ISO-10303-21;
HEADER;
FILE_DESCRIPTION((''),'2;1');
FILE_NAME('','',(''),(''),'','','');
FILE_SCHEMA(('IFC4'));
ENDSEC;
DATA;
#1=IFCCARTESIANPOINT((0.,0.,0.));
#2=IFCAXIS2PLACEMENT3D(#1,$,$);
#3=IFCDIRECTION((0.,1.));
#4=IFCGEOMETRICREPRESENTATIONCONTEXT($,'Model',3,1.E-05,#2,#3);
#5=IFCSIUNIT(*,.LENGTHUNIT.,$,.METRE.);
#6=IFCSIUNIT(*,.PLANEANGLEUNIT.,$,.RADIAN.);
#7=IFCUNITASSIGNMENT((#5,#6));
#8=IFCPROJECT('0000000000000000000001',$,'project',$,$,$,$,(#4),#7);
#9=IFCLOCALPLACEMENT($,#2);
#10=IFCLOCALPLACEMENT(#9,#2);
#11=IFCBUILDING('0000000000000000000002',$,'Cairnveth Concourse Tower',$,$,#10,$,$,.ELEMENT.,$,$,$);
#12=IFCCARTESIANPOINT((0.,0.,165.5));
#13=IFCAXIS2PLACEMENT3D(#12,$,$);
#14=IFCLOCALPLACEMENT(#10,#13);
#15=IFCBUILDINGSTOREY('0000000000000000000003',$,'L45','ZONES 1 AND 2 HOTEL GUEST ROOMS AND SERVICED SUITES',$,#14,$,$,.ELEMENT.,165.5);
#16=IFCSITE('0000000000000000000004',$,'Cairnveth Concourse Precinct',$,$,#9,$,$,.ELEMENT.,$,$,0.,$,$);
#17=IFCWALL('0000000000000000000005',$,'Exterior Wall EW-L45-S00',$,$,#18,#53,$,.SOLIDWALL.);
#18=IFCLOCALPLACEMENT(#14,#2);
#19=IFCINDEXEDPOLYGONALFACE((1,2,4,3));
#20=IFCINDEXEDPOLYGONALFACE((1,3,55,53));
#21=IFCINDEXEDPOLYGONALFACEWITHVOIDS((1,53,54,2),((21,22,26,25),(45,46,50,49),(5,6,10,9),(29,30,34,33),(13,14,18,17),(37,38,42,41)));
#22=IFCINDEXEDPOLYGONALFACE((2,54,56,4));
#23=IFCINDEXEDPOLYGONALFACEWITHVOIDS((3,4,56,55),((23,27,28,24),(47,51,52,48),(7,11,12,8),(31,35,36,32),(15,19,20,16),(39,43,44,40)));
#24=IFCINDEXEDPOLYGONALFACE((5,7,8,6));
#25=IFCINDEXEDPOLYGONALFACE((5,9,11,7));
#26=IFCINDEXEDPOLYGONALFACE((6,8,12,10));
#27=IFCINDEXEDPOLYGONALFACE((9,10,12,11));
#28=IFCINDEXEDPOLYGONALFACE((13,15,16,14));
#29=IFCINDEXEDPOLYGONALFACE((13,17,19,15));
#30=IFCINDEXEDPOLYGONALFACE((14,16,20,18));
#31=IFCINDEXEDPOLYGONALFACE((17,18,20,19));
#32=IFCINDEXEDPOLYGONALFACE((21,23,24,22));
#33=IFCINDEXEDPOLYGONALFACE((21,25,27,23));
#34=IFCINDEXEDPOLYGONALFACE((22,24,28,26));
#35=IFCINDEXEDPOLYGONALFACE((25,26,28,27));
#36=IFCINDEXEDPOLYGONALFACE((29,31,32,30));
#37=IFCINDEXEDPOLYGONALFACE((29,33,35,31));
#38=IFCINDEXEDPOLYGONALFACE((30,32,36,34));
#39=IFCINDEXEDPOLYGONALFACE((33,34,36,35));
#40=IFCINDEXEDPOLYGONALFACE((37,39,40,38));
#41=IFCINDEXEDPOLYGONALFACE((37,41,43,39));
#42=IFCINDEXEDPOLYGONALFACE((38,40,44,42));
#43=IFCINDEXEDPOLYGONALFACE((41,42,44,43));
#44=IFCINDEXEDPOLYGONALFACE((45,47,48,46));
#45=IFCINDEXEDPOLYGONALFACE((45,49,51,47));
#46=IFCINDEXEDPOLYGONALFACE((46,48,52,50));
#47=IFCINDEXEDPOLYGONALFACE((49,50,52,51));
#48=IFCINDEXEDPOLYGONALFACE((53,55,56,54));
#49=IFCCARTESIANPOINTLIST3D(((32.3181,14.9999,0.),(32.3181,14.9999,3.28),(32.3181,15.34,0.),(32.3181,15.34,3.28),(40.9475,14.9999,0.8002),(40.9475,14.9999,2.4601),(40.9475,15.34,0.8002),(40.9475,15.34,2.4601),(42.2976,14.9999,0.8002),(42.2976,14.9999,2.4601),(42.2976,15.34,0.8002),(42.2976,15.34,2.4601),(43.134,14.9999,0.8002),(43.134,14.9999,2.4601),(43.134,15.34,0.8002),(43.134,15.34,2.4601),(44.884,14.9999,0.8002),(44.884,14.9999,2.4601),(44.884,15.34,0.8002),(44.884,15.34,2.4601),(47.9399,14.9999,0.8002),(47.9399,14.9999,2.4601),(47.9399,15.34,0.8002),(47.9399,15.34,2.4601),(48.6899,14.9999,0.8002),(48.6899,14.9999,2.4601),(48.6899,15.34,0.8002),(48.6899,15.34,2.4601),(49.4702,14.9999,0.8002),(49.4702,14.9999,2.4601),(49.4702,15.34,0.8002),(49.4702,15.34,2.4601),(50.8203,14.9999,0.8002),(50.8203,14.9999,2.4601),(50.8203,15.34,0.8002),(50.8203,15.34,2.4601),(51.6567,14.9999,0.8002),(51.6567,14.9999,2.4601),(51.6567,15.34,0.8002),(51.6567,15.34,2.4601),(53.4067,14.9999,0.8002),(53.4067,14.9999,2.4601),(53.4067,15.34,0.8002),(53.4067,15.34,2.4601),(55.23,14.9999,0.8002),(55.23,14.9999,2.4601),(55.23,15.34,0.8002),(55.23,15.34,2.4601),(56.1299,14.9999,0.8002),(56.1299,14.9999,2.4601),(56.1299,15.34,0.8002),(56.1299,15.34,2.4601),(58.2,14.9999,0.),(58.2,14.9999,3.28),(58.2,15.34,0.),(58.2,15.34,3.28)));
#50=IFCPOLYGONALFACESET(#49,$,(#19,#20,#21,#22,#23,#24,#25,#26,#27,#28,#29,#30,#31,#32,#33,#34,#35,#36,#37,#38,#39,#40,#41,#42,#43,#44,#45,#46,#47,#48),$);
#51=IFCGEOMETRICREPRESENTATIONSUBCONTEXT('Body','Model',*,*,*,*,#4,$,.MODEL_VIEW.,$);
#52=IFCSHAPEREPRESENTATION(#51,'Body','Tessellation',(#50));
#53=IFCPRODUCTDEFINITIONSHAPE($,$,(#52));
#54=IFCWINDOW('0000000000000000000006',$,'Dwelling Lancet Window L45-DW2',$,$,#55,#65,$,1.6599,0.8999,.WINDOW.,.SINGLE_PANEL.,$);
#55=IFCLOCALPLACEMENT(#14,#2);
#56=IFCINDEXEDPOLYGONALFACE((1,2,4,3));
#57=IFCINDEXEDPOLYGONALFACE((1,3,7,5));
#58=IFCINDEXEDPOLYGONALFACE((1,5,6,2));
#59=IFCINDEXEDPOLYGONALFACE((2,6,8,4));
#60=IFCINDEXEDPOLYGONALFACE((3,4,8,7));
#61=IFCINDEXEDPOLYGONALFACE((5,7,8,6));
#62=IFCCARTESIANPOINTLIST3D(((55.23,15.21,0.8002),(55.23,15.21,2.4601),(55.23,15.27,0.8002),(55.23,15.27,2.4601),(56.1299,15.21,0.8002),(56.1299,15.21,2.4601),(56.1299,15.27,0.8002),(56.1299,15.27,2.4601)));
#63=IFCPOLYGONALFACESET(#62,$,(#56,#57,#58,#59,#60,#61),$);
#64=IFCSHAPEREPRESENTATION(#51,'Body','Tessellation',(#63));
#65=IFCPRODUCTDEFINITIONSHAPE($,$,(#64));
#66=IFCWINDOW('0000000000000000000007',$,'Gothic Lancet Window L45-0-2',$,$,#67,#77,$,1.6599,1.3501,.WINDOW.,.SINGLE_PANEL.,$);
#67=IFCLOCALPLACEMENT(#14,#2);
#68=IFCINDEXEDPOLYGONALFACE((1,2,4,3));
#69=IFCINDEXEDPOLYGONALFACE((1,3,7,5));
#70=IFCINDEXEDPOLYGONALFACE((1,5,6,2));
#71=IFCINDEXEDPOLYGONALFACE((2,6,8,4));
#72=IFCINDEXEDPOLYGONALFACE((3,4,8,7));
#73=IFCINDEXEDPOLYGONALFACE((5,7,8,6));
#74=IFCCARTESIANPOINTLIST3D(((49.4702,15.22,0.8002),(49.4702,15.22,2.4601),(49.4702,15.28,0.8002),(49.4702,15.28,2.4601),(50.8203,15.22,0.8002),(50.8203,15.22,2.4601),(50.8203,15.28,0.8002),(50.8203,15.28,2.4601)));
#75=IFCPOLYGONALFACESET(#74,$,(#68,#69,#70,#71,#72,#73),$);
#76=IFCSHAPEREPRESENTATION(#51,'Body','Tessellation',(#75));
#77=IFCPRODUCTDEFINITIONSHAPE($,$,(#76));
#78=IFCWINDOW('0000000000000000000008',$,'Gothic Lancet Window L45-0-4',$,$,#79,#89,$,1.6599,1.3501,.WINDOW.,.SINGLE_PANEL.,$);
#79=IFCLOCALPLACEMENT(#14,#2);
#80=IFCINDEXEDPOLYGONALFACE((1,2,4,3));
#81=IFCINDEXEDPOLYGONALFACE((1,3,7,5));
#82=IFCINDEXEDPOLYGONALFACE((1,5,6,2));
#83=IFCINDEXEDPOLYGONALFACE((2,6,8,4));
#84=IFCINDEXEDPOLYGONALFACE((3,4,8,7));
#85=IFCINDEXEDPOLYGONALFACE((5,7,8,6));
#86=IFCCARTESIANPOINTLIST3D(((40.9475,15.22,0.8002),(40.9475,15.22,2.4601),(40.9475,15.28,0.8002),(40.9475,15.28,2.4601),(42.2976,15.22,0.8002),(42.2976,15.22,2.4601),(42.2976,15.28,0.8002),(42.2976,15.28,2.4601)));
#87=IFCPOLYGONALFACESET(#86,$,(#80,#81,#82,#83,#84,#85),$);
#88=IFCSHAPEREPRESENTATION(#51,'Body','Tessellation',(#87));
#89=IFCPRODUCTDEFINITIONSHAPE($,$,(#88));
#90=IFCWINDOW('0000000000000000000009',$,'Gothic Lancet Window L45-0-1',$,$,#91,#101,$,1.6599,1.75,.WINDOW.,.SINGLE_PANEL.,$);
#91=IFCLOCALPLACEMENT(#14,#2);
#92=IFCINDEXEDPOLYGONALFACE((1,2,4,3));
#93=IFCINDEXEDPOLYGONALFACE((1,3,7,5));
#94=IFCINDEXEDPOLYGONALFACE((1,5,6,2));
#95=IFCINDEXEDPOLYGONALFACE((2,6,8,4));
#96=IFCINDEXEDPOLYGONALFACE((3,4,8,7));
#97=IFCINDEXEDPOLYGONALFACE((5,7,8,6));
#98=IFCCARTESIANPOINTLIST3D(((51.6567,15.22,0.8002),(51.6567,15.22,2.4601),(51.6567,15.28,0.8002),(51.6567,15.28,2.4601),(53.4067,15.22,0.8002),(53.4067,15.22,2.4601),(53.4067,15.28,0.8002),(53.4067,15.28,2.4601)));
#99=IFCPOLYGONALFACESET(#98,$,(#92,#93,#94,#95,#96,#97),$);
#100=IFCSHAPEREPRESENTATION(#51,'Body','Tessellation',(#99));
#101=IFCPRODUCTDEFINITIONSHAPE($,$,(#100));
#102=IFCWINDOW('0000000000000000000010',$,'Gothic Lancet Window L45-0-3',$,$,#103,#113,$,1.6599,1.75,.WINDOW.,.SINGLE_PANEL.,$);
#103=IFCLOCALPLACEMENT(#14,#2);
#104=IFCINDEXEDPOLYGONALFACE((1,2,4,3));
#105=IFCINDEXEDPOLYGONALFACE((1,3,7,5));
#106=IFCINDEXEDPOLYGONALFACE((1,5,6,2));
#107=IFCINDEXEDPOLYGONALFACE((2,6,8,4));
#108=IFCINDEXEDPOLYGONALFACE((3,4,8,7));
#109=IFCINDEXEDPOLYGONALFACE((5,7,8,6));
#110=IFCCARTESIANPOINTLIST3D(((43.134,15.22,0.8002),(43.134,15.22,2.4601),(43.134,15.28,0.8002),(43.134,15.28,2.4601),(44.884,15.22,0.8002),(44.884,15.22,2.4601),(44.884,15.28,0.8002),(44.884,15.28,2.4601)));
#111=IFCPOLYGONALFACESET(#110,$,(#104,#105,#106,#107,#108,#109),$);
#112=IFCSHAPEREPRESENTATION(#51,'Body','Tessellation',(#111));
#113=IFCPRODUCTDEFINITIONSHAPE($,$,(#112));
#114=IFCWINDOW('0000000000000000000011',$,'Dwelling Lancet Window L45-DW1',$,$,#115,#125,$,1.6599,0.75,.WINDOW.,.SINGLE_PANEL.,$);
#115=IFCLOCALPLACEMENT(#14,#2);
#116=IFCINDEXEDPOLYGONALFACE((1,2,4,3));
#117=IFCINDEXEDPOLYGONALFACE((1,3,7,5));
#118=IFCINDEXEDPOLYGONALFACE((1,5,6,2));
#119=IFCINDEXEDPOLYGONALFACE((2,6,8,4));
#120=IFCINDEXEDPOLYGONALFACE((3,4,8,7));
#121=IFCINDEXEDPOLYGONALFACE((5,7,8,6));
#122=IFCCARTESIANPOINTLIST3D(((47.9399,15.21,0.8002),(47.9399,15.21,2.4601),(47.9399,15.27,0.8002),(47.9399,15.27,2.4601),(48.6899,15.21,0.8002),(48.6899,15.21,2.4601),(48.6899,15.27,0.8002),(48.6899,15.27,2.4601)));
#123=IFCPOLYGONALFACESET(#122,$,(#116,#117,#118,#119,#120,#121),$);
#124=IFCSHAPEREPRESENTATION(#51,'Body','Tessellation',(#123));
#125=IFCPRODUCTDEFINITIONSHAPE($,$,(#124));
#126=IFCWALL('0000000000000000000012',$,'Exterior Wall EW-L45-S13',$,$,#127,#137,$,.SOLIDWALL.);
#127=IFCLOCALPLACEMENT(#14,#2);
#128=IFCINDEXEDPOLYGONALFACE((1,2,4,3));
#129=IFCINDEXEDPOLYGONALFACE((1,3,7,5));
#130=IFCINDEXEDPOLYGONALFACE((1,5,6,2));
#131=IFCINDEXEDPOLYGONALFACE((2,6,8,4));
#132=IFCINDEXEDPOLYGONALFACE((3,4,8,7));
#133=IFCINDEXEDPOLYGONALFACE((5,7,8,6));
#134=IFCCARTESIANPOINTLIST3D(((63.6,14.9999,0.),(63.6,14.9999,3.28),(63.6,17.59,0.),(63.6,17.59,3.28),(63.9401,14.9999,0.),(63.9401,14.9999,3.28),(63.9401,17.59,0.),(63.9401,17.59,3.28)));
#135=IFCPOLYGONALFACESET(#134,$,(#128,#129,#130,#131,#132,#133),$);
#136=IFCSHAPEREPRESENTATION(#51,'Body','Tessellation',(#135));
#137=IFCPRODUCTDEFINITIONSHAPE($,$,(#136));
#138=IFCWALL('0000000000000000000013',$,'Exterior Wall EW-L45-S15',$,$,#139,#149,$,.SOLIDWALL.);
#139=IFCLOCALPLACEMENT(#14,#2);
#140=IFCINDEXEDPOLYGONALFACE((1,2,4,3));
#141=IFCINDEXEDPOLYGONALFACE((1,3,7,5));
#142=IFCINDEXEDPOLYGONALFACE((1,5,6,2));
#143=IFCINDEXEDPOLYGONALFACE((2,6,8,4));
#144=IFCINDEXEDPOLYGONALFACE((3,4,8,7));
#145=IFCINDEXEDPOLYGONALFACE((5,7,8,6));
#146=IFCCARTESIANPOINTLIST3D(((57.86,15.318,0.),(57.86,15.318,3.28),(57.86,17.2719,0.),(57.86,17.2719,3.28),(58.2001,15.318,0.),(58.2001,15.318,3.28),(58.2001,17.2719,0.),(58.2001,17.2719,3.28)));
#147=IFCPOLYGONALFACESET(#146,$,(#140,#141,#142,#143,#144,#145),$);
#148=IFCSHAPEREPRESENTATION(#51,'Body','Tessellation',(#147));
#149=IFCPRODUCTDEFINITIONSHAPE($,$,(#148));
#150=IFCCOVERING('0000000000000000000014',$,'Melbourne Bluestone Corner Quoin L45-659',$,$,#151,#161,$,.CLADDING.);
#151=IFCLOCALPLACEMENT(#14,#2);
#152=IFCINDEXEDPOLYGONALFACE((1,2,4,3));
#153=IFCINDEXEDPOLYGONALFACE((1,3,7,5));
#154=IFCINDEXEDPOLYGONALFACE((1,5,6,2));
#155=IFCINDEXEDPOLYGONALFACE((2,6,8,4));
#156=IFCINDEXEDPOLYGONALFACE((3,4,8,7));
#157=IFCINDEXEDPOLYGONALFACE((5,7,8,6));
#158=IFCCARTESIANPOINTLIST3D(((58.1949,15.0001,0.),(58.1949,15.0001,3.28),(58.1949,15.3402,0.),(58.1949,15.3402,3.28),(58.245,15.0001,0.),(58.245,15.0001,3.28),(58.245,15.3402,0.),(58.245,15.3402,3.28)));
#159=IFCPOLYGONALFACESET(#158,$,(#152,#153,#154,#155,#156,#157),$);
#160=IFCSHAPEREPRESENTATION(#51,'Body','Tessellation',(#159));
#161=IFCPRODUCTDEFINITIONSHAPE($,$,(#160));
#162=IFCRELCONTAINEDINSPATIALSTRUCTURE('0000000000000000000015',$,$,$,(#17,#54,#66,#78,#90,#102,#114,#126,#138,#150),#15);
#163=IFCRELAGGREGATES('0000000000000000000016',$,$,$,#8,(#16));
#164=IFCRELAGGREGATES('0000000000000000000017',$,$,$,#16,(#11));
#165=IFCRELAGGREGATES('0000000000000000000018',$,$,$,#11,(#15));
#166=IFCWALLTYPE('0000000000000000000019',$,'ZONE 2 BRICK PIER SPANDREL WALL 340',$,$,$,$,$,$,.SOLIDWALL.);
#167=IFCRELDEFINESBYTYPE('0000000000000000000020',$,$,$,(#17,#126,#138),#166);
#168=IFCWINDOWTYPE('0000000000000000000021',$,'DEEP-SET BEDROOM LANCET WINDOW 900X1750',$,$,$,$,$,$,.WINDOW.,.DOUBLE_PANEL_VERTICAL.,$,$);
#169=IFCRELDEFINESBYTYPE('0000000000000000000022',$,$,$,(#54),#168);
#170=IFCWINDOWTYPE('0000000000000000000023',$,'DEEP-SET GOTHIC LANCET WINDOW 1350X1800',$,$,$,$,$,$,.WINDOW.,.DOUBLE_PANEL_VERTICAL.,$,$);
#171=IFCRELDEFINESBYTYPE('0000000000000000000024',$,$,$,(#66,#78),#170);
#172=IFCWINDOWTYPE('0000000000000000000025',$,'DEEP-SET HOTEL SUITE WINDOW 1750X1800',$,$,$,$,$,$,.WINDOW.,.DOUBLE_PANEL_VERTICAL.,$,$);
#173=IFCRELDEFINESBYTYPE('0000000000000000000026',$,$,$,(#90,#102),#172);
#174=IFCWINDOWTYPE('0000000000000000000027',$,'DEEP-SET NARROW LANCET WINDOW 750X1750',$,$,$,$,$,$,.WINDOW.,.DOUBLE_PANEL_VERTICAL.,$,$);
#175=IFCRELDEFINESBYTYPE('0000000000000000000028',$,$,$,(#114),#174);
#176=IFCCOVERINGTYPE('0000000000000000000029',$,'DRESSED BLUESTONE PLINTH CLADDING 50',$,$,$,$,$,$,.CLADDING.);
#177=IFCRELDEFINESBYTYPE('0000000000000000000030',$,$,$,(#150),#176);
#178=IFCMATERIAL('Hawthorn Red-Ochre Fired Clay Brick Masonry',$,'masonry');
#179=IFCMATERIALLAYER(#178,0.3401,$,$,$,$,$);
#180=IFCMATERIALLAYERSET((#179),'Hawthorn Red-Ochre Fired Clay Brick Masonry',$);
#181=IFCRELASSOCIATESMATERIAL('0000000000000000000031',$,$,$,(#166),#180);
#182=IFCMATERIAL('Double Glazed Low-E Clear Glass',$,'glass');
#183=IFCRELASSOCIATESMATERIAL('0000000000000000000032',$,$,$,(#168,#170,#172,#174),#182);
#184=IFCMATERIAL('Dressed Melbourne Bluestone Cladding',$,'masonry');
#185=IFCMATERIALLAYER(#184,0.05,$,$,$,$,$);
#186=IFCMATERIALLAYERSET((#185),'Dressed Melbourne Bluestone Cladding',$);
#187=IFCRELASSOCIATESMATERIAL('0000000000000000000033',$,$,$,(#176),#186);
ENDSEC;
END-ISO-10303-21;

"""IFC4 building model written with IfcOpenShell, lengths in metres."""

from ifc_helpers import new_model, si_unit, direction, frame, frame_2d, origin, place, context, subcontext, project, spatial, rectangle, extrude, material, layer, layer_set, type_object, element, fill, save


model = new_model("IFC4")

# Units and contexts
model_context = context("Model", 3, precision=1e-05, world=origin(), true_north=direction((0.0, 1.0)))
body_context = subcontext(model_context, "Body", "Model", "MODEL_VIEW")
ifc_project = project(units=[si_unit("LENGTHUNIT", "METRE"), si_unit("PLANEANGLEUNIT", "RADIAN")], contexts=[model_context])

# Site, building, storey
site_placement = place(None, origin())
site = spatial("IfcSite", under=ifc_project, at=site_placement, Name="Cairnveth Concourse Precinct", CompositionType="ELEMENT", RefElevation=0.0)
building_placement = place(site_placement, origin())
building = spatial("IfcBuilding", under=site, at=building_placement, Name="Cairnveth Concourse Tower", CompositionType="ELEMENT")
storey_placement = place(building_placement, frame((0.0, 0.0, 165.5)))
storey = spatial("IfcBuildingStorey", under=building, at=storey_placement, Name="L45", Description="ZONES 1 AND 2 HOTEL GUEST ROOMS AND SERVICED SUITES", CompositionType="ELEMENT", Elevation=165.5)

# Shared definitions
ifc_material_1 = material(Name="Dressed Melbourne Bluestone Cladding", Category="masonry")

# Wall, openings, windows
ifc_material_2 = material(Name="Hawthorn Red-Ochre Fired Clay Brick Masonry", Category="masonry")
ifc_layer_1 = layer(ifc_material_2, 0.3401)
ifc_layer_set_1 = layer_set([ifc_layer_1], Name="Hawthorn Red-Ochre Fired Clay Brick Masonry")
wall_type_1 = type_object("IfcWallType", Name="ZONE 2 BRICK PIER SPANDREL WALL 340", PredefinedType="SOLIDWALL", material=ifc_layer_set_1)
wall_1_placement = place(storey_placement, frame((58.2, 15.1699, 0.0), z_axis=(0.0, 0.0, 1.0), x_axis=(-1.0, 0.0, 0.0)))
wall_1 = element("IfcWall", 1, at=wall_1_placement, inside=storey, type_object=wall_type_1, Name="Exterior Wall EW-L45-S00", PredefinedType="SOLIDWALL", context=body_context, shape_type="SweptSolid", body=[
    extrude(rectangle(XDim=25.8818, YDim=0.3401, at=frame_2d((12.9409, 0.0))), origin(), (0.0, 0.0, 1.0), 3.28),
])
opening_1_placement = place(wall_1_placement, frame((4.7932, 0.0, 0.8)))
opening_1 = element("IfcOpeningElement", 2, at=opening_1_placement, cuts=wall_1, PredefinedType="OPENING", context=body_context, shape_type="SweptSolid", body=[
    extrude(rectangle(XDim=1.75, YDim=1.6599, at=frame_2d((0.875, 0.8301))), frame((0.0, 0.1799, 0.0), z_axis=(0.0, -1.0, 0.0), x_axis=(1.0, 0.0, 0.0)), (0.0, 0.0, 1.0), 0.3601),
])
opening_2_placement = place(wall_1_placement, frame((7.3796, 0.0, 0.8)))
opening_2 = element("IfcOpeningElement", 3, at=opening_2_placement, cuts=wall_1, PredefinedType="OPENING", context=body_context, shape_type="SweptSolid", body=[
    extrude(rectangle(XDim=1.3501, YDim=1.6599, at=frame_2d((0.675, 0.8301))), frame((0.0, 0.1799, 0.0), z_axis=(0.0, -1.0, 0.0), x_axis=(1.0, 0.0, 0.0)), (0.0, 0.0, 1.0), 0.3601),
])
opening_3_placement = place(wall_1_placement, frame((13.3159, 0.0, 0.8)))
opening_3 = element("IfcOpeningElement", 4, at=opening_3_placement, cuts=wall_1, PredefinedType="OPENING", context=body_context, shape_type="SweptSolid", body=[
    extrude(rectangle(XDim=1.75, YDim=1.6599, at=frame_2d((0.875, 0.8301))), frame((0.0, 0.1799, 0.0), z_axis=(0.0, -1.0, 0.0), x_axis=(1.0, 0.0, 0.0)), (0.0, 0.0, 1.0), 0.3601),
])
opening_4_placement = place(wall_1_placement, frame((15.9023, 0.0, 0.8)))
opening_4 = element("IfcOpeningElement", 5, at=opening_4_placement, cuts=wall_1, PredefinedType="OPENING", context=body_context, shape_type="SweptSolid", body=[
    extrude(rectangle(XDim=1.3501, YDim=1.6599, at=frame_2d((0.675, 0.8301))), frame((0.0, 0.1799, 0.0), z_axis=(0.0, -1.0, 0.0), x_axis=(1.0, 0.0, 0.0)), (0.0, 0.0, 1.0), 0.3601),
])
opening_5_placement = place(wall_1_placement, frame((9.51, 0.0, 0.8)))
opening_5 = element("IfcOpeningElement", 6, at=opening_5_placement, cuts=wall_1, PredefinedType="OPENING", context=body_context, shape_type="SweptSolid", body=[
    extrude(rectangle(XDim=0.75, YDim=1.6599, at=frame_2d((0.375, 0.8301))), frame((0.0, 0.1799, 0.0), z_axis=(0.0, -1.0, 0.0), x_axis=(1.0, 0.0, 0.0)), (0.0, 0.0, 1.0), 0.3601),
])
opening_6_placement = place(wall_1_placement, frame((2.0701, 0.0, 0.8)))
opening_6 = element("IfcOpeningElement", 7, at=opening_6_placement, cuts=wall_1, PredefinedType="OPENING", context=body_context, shape_type="SweptSolid", body=[
    extrude(rectangle(XDim=0.8999, YDim=1.6599, at=frame_2d((0.45, 0.8301))), frame((0.0, 0.1799, 0.0), z_axis=(0.0, -1.0, 0.0), x_axis=(1.0, 0.0, 0.0)), (0.0, 0.0, 1.0), 0.3601),
])
ifc_material_3 = material(Name="Double Glazed Low-E Clear Glass", Category="glass")
window_type_1 = type_object("IfcWindowType", Name="DEEP-SET BEDROOM LANCET WINDOW 900X1750", PartitioningType="DOUBLE_PANEL_VERTICAL", PredefinedType="WINDOW", material=ifc_material_3)
window_1_placement = place(opening_6_placement, origin())
window_1 = element("IfcWindow", 8, at=window_1_placement, inside=storey, type_object=window_type_1, Name="Dwelling Lancet Window L45-DW2", OverallHeight=1.6599, OverallWidth=0.8999, PartitioningType="SINGLE_PANEL", PredefinedType="WINDOW", context=body_context, shape_type="SweptSolid", body=[
    extrude(rectangle(XDim=0.8999, YDim=1.6599, at=frame_2d((0.45, 0.8301))), frame((0.0, -0.04, 0.0), z_axis=(0.0, -1.0, 0.0), x_axis=(1.0, 0.0, 0.0)), (0.0, 0.0, 1.0), 0.0601),
])
fill(opening_6, window_1)
window_type_2 = type_object("IfcWindowType", Name="DEEP-SET GOTHIC LANCET WINDOW 1350X1800", PartitioningType="DOUBLE_PANEL_VERTICAL", PredefinedType="WINDOW", material=ifc_material_3)
window_2_placement = place(opening_2_placement, origin())
window_2 = element("IfcWindow", 9, at=window_2_placement, inside=storey, type_object=window_type_2, Name="Gothic Lancet Window L45-0-2", OverallHeight=1.6599, OverallWidth=1.3501, PartitioningType="SINGLE_PANEL", PredefinedType="WINDOW", context=body_context, shape_type="SweptSolid", body=[
    extrude(rectangle(XDim=1.3501, YDim=1.6599, at=frame_2d((0.675, 0.8301))), frame((0.0, -0.05, 0.0), z_axis=(0.0, -1.0, 0.0), x_axis=(1.0, 0.0, 0.0)), (0.0, 0.0, 1.0), 0.0601),
])
fill(opening_2, window_2)
window_3_placement = place(opening_4_placement, origin())
window_3 = element("IfcWindow", 10, at=window_3_placement, inside=storey, type_object=window_type_2, Name="Gothic Lancet Window L45-0-4", OverallHeight=1.6599, OverallWidth=1.3501, PartitioningType="SINGLE_PANEL", PredefinedType="WINDOW", context=body_context, shape_type="SweptSolid", body=[
    extrude(rectangle(XDim=1.3501, YDim=1.6599, at=frame_2d((0.675, 0.8301))), frame((0.0, -0.05, 0.0), z_axis=(0.0, -1.0, 0.0), x_axis=(1.0, 0.0, 0.0)), (0.0, 0.0, 1.0), 0.0601),
])
fill(opening_4, window_3)
window_type_3 = type_object("IfcWindowType", Name="DEEP-SET HOTEL SUITE WINDOW 1750X1800", PartitioningType="DOUBLE_PANEL_VERTICAL", PredefinedType="WINDOW", material=ifc_material_3)
window_4_placement = place(opening_1_placement, origin())
window_4 = element("IfcWindow", 11, at=window_4_placement, inside=storey, type_object=window_type_3, Name="Gothic Lancet Window L45-0-1", OverallHeight=1.6599, OverallWidth=1.75, PartitioningType="SINGLE_PANEL", PredefinedType="WINDOW", context=body_context, shape_type="SweptSolid", body=[
    extrude(rectangle(XDim=1.75, YDim=1.6599, at=frame_2d((0.875, 0.8301))), frame((0.0, -0.05, 0.0), z_axis=(0.0, -1.0, 0.0), x_axis=(1.0, 0.0, 0.0)), (0.0, 0.0, 1.0), 0.0601),
])
fill(opening_1, window_4)
window_5_placement = place(opening_3_placement, origin())
window_5 = element("IfcWindow", 12, at=window_5_placement, inside=storey, type_object=window_type_3, Name="Gothic Lancet Window L45-0-3", OverallHeight=1.6599, OverallWidth=1.75, PartitioningType="SINGLE_PANEL", PredefinedType="WINDOW", context=body_context, shape_type="SweptSolid", body=[
    extrude(rectangle(XDim=1.75, YDim=1.6599, at=frame_2d((0.875, 0.8301))), frame((0.0, -0.05, 0.0), z_axis=(0.0, -1.0, 0.0), x_axis=(1.0, 0.0, 0.0)), (0.0, 0.0, 1.0), 0.0601),
])
fill(opening_3, window_5)
window_type_4 = type_object("IfcWindowType", Name="DEEP-SET NARROW LANCET WINDOW 750X1750", PartitioningType="DOUBLE_PANEL_VERTICAL", PredefinedType="WINDOW", material=ifc_material_3)
window_6_placement = place(opening_5_placement, origin())
window_6 = element("IfcWindow", 13, at=window_6_placement, inside=storey, type_object=window_type_4, Name="Dwelling Lancet Window L45-DW1", OverallHeight=1.6599, OverallWidth=0.75, PartitioningType="SINGLE_PANEL", PredefinedType="WINDOW", context=body_context, shape_type="SweptSolid", body=[
    extrude(rectangle(XDim=0.75, YDim=1.6599, at=frame_2d((0.375, 0.8301))), frame((0.0, -0.04, 0.0), z_axis=(0.0, -1.0, 0.0), x_axis=(1.0, 0.0, 0.0)), (0.0, 0.0, 1.0), 0.0601),
])
fill(opening_5, window_6)

# Wall
wall_2_placement = place(storey_placement, frame((63.77, 15.0, 0.0), z_axis=(0.0, 0.0, 1.0), x_axis=(0.0, 1.0, 0.0)))
element("IfcWall", 14, at=wall_2_placement, inside=storey, type_object=wall_type_1, Name="Exterior Wall EW-L45-S13", PredefinedType="SOLIDWALL", context=body_context, shape_type="SweptSolid", body=[
    extrude(rectangle(XDim=2.5901, YDim=0.3401, at=frame_2d((1.2949, 0.0))), origin(), (0.0, 0.0, 1.0), 3.28),
])

# Wall
wall_3_placement = place(storey_placement, frame((58.03, 17.272, 0.0), z_axis=(0.0, 0.0, 1.0), x_axis=(0.0, -1.0, 0.0)))
element("IfcWall", 15, at=wall_3_placement, inside=storey, type_object=wall_type_1, Name="Exterior Wall EW-L45-S15", PredefinedType="SOLIDWALL", context=body_context, shape_type="SweptSolid", body=[
    extrude(rectangle(XDim=1.9539, YDim=0.3401, at=frame_2d((0.9771, 0.0))), origin(), (0.0, 0.0, 1.0), 3.28),
])

# Covering
ifc_layer_2 = layer(ifc_material_1, 0.05)
ifc_layer_set_2 = layer_set([ifc_layer_2], Name="Dressed Melbourne Bluestone Cladding")
covering_type = type_object("IfcCoveringType", Name="DRESSED BLUESTONE PLINTH CLADDING 50", PredefinedType="CLADDING", material=ifc_layer_set_2)
covering_1_placement = place(storey_placement, frame((58.22, 15.3401, 0.0), z_axis=(0.0, 0.0, 1.0), x_axis=(0.0, -1.0, 0.0)))
element("IfcCovering", 16, at=covering_1_placement, inside=storey, type_object=covering_type, Name="Melbourne Bluestone Corner Quoin L45-659", PredefinedType="CLADDING", context=body_context, shape_type="SweptSolid", body=[
    extrude(rectangle(XDim=0.3401, YDim=0.05, at=frame_2d((0.1699, 0.0))), origin(), (0.0, 0.0, 1.0), 3.28),
])

save(model, "model.ifc")
